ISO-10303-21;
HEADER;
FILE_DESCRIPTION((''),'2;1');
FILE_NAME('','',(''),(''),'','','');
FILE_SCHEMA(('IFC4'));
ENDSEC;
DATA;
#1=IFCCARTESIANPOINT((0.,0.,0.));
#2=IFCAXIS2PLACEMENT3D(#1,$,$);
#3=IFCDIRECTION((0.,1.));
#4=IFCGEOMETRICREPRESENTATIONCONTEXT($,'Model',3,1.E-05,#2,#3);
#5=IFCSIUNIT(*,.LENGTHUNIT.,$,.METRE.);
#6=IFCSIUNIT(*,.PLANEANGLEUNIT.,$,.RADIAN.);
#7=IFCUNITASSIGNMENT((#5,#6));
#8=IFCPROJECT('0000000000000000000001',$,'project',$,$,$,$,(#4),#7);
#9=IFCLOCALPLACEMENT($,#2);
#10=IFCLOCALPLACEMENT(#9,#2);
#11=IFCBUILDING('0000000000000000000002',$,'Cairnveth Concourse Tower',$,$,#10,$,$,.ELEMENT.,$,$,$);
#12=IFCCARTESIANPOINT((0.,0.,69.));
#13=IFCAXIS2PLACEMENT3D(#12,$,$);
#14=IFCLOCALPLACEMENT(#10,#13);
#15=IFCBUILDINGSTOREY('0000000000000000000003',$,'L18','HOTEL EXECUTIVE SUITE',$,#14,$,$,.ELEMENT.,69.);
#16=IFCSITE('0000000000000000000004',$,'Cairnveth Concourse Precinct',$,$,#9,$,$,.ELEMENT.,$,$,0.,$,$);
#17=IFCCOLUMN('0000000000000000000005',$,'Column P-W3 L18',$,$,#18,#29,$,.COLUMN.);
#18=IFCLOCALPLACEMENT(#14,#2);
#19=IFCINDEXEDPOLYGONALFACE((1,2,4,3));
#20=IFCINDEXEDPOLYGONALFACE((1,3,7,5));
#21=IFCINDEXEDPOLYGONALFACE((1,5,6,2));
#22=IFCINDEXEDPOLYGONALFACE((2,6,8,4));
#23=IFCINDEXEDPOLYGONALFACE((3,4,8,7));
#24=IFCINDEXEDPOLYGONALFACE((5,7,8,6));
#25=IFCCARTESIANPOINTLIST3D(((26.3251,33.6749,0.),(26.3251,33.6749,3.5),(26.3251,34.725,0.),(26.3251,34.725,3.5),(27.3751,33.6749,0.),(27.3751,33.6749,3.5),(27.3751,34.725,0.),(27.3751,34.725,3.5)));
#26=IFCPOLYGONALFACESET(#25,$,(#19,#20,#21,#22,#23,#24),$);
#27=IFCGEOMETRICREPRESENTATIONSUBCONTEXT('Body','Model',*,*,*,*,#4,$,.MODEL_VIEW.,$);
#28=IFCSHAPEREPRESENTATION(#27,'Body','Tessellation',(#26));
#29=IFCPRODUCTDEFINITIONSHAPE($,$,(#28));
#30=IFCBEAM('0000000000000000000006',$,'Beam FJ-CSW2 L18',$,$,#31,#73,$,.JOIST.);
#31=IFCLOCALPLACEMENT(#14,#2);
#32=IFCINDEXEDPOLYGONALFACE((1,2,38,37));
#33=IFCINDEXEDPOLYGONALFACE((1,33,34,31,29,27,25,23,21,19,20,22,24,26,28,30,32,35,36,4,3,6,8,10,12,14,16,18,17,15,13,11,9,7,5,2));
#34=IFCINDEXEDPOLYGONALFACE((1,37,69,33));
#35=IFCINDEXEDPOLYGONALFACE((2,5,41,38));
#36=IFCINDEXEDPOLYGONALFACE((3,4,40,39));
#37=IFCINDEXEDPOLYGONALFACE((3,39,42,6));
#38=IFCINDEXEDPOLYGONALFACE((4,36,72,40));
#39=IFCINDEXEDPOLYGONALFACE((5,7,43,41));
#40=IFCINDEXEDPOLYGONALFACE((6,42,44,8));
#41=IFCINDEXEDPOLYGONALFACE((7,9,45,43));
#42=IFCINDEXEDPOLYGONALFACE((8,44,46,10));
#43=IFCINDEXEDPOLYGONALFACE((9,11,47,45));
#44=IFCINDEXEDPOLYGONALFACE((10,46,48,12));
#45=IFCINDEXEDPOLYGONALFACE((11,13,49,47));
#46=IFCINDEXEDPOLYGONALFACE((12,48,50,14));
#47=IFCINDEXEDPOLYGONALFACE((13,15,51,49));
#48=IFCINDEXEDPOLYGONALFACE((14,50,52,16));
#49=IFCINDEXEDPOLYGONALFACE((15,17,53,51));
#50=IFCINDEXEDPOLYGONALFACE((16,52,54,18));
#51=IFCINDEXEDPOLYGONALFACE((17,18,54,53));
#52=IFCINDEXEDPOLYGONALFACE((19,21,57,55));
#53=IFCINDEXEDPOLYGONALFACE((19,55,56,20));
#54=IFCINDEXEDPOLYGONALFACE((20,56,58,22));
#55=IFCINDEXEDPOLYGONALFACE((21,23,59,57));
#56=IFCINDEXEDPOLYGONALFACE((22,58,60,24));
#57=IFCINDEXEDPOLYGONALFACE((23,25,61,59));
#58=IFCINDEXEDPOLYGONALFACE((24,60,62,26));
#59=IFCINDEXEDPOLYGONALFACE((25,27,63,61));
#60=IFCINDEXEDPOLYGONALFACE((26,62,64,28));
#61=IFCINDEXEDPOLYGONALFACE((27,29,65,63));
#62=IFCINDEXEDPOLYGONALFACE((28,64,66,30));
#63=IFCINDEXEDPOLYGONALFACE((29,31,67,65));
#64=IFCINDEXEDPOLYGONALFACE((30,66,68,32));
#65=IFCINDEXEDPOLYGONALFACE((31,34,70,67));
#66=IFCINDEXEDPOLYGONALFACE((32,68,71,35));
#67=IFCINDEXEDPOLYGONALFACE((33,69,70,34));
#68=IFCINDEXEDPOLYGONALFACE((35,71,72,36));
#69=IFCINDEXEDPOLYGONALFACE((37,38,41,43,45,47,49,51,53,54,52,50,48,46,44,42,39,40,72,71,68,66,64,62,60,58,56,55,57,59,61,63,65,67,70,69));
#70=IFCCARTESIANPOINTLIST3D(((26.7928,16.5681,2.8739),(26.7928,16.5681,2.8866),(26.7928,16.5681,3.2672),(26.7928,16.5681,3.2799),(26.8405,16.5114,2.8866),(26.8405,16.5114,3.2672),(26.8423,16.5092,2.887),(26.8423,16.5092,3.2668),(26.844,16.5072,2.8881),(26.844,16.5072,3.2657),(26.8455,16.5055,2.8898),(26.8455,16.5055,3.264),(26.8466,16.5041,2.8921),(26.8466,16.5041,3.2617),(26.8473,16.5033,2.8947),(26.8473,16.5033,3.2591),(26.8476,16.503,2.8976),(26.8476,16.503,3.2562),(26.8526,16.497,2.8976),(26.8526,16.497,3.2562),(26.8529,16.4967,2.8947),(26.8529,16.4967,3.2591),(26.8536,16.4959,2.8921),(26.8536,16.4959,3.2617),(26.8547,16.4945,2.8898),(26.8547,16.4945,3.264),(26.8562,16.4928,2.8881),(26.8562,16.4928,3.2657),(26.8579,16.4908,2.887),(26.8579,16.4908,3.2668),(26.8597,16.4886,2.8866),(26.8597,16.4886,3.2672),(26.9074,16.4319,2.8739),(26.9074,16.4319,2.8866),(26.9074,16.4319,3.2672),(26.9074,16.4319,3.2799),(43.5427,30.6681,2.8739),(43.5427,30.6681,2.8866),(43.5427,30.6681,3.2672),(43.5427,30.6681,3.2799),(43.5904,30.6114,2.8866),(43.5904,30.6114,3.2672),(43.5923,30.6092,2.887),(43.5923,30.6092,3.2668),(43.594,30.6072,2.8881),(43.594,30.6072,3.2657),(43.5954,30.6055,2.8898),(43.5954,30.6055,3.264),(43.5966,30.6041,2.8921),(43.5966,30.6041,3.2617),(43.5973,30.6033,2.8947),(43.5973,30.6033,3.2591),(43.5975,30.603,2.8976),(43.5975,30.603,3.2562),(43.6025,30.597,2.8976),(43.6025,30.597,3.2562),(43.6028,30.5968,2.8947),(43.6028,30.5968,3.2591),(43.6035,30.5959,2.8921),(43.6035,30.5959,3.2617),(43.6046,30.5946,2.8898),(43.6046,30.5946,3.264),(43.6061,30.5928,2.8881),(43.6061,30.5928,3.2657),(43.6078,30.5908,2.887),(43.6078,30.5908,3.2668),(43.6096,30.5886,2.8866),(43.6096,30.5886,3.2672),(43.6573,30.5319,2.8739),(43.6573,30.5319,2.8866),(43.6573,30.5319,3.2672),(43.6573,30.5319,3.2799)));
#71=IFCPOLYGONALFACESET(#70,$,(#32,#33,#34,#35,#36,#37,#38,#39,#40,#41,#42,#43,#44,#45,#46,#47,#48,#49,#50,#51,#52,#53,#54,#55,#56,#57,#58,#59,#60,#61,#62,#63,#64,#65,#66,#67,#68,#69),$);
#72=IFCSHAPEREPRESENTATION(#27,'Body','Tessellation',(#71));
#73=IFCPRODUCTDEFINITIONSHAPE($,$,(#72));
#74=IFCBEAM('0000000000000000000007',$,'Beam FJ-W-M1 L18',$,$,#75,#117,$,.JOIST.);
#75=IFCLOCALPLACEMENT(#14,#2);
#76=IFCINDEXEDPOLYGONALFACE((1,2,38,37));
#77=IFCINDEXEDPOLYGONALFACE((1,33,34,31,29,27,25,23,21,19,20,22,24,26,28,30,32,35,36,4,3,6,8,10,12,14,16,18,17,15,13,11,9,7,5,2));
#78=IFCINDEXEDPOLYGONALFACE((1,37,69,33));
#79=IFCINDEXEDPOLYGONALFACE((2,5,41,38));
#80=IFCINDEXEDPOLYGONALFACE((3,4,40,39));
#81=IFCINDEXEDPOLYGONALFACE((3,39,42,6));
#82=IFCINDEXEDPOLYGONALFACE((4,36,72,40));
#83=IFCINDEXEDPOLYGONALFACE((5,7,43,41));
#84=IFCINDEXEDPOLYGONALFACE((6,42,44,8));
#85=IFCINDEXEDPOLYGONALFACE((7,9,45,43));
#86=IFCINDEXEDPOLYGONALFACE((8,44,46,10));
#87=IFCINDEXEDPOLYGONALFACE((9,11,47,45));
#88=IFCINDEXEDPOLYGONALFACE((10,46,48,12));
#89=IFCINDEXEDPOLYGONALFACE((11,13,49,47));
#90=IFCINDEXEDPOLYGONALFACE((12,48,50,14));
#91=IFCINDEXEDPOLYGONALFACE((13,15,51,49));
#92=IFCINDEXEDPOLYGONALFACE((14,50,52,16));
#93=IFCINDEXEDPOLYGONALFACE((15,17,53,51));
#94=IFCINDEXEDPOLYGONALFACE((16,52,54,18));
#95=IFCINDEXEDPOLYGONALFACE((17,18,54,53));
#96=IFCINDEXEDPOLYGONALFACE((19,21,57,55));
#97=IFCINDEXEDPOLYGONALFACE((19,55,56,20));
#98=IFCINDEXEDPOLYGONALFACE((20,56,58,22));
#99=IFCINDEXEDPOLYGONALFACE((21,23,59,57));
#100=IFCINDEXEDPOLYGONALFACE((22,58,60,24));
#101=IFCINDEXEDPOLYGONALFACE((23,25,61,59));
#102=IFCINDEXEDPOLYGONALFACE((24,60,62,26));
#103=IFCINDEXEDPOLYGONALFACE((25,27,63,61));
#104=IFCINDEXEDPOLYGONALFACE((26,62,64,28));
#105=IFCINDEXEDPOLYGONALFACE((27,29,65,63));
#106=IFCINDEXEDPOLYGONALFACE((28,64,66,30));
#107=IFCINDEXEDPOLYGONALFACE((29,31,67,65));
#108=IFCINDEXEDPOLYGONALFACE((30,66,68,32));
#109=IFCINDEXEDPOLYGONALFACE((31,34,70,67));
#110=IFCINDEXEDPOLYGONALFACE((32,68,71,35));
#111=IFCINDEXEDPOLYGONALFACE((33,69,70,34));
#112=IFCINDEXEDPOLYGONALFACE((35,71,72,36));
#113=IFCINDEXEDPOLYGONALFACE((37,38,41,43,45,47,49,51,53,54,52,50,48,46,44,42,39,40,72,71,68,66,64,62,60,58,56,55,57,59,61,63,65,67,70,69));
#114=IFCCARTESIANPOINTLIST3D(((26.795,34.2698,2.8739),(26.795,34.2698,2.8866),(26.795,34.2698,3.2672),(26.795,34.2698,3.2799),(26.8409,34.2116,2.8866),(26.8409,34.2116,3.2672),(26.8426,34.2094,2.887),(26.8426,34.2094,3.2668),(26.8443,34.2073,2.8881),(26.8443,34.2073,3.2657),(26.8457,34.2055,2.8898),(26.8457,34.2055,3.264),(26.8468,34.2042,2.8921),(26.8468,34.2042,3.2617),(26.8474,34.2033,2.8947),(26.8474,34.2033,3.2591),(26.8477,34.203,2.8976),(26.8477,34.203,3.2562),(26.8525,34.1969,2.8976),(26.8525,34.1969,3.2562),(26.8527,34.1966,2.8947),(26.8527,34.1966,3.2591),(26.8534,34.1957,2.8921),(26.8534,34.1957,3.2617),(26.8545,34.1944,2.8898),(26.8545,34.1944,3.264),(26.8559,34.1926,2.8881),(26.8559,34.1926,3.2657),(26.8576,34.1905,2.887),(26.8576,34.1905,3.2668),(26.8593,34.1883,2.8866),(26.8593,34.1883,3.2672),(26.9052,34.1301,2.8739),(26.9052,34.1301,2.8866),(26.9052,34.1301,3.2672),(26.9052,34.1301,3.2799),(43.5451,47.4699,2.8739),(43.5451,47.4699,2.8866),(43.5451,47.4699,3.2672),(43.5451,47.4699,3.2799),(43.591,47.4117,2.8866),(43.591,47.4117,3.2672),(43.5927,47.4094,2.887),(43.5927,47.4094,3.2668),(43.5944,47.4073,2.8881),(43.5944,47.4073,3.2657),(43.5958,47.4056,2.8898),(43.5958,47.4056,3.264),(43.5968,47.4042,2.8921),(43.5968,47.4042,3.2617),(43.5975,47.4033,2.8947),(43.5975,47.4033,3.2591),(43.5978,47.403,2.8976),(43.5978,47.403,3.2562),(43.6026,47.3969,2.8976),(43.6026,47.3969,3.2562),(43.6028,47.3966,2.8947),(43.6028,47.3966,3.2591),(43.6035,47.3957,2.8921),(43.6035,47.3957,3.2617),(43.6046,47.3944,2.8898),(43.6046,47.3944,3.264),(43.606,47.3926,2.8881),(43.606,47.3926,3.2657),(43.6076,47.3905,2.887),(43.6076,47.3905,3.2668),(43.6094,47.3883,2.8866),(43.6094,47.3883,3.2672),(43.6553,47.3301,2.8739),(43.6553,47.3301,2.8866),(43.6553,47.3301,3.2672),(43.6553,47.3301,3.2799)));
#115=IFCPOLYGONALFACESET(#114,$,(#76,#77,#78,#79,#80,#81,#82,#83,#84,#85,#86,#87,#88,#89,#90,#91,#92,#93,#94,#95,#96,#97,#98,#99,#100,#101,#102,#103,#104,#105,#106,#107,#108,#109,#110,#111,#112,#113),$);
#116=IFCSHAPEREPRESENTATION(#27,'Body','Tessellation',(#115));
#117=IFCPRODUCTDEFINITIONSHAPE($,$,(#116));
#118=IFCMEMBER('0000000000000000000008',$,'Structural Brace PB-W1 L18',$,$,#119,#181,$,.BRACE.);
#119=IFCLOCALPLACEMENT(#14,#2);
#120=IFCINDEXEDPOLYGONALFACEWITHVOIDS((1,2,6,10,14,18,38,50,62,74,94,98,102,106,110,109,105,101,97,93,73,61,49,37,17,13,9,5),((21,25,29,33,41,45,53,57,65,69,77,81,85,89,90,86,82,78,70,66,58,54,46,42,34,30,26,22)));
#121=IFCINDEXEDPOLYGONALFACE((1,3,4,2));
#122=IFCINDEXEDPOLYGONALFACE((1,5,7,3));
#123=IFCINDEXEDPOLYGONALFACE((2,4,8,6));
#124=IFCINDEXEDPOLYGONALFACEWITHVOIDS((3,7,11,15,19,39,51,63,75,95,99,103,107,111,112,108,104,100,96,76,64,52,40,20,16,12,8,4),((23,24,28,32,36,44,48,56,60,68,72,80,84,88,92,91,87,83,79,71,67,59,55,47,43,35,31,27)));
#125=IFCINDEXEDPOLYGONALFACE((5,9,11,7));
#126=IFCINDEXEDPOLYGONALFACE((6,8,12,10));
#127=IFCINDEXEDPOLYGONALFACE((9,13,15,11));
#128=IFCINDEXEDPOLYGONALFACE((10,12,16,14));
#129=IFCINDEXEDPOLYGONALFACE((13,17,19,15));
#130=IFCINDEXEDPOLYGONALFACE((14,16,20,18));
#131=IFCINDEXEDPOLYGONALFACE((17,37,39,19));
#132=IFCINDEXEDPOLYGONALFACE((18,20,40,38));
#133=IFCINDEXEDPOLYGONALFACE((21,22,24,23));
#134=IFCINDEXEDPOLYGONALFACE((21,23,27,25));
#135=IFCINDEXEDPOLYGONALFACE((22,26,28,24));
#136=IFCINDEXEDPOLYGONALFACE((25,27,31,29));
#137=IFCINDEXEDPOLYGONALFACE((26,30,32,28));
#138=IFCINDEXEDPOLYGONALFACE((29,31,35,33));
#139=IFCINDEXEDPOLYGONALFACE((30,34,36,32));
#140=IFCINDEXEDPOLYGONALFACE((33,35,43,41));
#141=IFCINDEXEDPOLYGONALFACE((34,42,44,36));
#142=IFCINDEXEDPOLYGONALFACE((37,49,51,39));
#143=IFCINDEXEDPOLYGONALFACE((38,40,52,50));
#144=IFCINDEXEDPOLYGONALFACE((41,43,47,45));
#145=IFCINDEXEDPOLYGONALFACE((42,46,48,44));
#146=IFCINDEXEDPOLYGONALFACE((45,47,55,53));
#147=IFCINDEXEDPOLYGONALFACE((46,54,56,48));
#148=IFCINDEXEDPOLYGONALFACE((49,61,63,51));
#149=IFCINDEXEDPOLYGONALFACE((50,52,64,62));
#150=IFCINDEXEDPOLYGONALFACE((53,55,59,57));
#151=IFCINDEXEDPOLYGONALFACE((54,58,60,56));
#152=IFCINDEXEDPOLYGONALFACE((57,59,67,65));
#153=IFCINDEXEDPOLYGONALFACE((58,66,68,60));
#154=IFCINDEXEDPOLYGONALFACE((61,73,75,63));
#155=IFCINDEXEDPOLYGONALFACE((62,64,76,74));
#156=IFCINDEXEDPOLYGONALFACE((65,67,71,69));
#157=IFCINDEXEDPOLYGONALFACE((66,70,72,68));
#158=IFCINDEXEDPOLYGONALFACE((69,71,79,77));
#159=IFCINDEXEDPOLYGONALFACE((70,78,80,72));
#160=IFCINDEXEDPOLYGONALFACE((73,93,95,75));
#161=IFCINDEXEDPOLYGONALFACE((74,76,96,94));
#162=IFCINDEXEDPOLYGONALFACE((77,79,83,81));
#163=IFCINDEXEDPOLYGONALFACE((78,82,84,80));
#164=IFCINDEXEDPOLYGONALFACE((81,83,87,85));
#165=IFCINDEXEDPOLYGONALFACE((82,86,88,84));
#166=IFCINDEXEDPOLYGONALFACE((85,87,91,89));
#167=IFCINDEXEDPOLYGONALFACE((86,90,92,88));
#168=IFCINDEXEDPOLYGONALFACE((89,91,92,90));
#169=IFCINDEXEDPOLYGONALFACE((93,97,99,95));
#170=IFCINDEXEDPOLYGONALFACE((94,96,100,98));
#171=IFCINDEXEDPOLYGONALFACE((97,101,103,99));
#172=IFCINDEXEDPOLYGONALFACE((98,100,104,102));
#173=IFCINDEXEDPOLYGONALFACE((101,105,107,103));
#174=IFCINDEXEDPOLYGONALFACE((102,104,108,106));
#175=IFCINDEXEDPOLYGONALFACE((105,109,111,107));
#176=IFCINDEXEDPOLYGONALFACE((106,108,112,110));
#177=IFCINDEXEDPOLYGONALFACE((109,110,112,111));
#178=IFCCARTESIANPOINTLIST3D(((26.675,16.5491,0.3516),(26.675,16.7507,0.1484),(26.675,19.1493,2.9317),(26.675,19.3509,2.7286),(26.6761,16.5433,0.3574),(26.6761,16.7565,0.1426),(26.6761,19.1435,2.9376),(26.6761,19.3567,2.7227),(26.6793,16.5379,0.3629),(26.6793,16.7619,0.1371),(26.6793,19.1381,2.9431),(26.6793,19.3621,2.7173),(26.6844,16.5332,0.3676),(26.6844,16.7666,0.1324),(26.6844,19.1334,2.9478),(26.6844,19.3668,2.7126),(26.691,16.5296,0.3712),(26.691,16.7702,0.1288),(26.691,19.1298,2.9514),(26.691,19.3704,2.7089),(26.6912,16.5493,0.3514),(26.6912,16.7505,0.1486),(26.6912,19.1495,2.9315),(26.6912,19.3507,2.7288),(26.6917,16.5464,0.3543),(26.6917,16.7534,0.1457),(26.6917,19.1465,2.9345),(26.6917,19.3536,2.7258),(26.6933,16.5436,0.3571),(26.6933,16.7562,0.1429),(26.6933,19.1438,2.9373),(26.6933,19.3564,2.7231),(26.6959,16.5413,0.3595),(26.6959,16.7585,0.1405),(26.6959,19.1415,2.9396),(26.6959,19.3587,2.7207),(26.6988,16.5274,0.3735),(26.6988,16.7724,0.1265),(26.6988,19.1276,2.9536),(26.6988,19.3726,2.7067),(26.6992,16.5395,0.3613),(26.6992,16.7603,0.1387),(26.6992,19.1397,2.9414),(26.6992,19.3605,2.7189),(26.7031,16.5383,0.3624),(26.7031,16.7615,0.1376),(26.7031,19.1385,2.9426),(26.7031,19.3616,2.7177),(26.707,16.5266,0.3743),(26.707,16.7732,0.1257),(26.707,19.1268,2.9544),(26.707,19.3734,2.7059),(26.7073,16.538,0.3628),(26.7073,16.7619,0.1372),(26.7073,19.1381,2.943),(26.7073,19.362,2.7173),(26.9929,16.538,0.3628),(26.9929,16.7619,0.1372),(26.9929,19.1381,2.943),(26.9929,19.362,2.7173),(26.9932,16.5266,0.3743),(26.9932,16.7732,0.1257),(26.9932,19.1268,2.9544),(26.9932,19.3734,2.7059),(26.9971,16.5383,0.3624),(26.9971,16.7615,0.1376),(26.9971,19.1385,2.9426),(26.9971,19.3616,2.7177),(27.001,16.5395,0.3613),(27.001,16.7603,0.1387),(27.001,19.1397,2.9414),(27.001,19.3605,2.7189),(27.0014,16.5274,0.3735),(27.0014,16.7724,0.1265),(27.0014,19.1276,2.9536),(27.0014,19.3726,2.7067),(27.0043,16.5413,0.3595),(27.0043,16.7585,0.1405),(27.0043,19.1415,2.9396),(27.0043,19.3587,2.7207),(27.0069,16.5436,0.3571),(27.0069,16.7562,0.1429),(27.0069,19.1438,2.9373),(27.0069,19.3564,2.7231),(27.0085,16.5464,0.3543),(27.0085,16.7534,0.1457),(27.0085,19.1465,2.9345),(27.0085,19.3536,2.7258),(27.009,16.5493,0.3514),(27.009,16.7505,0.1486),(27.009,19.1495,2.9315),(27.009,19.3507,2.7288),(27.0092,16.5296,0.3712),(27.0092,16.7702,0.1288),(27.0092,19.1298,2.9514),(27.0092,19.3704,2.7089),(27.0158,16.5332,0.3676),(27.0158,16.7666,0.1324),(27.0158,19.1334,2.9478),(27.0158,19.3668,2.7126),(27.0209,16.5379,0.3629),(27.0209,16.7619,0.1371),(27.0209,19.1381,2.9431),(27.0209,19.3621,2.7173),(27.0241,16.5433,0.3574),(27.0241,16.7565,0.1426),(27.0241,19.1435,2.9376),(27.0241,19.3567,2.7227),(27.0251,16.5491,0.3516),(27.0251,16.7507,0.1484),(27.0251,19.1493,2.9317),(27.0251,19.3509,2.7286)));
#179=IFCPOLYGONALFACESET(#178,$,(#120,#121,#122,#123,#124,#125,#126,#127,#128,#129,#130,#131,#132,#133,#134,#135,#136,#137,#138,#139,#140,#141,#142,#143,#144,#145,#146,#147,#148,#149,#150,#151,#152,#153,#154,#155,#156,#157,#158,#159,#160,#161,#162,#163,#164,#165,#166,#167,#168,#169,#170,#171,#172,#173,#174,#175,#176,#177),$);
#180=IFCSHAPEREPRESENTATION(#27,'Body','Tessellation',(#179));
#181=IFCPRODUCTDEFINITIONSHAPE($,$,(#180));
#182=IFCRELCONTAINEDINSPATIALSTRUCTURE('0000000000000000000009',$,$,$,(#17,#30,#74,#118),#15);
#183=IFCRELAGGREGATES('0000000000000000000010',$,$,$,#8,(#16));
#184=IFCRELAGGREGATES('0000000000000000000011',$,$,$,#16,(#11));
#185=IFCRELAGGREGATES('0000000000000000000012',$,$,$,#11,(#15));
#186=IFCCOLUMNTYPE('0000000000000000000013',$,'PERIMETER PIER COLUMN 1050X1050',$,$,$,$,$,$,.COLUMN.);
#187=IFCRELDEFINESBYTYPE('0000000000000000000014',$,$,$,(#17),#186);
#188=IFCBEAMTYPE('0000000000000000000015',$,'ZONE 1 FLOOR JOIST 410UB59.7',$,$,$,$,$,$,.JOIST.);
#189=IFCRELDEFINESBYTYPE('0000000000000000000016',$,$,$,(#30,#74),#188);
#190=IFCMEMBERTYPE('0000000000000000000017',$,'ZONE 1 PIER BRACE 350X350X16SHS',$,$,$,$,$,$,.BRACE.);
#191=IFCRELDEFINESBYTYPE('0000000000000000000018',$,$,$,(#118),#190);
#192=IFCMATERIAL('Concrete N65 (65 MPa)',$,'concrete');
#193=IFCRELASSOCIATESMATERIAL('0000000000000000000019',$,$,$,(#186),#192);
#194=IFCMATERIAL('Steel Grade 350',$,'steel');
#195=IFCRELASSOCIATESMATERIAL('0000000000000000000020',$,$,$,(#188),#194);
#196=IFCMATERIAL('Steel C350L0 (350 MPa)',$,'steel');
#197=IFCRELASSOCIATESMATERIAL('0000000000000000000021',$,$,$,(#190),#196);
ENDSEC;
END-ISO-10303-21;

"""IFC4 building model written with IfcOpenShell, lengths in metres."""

from ifc_helpers import new_model, si_unit, direction, frame, origin, origin_2d, place, context, subcontext, project, spatial, rectangle, hollow_rectangle, i_section, extrude, material, material_profile, profile_set, type_object, element, save


model = new_model("IFC4")

# Units and contexts
model_context = context("Model", 3, precision=1e-05, world=origin(), true_north=direction((0.0, 1.0)))
body_context = subcontext(model_context, "Body", "Model", "MODEL_VIEW")
ifc_project = project(units=[si_unit("LENGTHUNIT", "METRE"), si_unit("PLANEANGLEUNIT", "RADIAN")], contexts=[model_context])

# Site, building, storey
site_placement = place(None, origin())
site = spatial("IfcSite", under=ifc_project, at=site_placement, Name="Cairnveth Concourse Precinct", CompositionType="ELEMENT", RefElevation=0.0)
building_placement = place(site_placement, origin())
building = spatial("IfcBuilding", under=site, at=building_placement, Name="Cairnveth Concourse Tower", CompositionType="ELEMENT")
storey_placement = place(building_placement, frame((0.0, 0.0, 69.0)))
storey = spatial("IfcBuildingStorey", under=building, at=storey_placement, Name="L18", Description="HOTEL EXECUTIVE SUITE", CompositionType="ELEMENT", Elevation=69.0)

# Column
ifc_material_1 = material(Name="Concrete N65 (65 MPa)", Category="concrete")
ifc_material_profile_1 = material_profile(ifc_material_1, rectangle(XDim=1.05, YDim=1.05, at=origin_2d()), Name="RC-COL-1050x1050")
ifc_profile_set_1 = profile_set([ifc_material_profile_1], Name="Concrete N65 (65 MPa)")
column_type = type_object("IfcColumnType", Name="PERIMETER PIER COLUMN 1050X1050", PredefinedType="COLUMN", material=ifc_profile_set_1)
column_placement = place(storey_placement, frame((26.8501, 34.2, 0.0), z_axis=(0.0, 0.0, 1.0), x_axis=(0.0, 1.0, 0.0)))
element("IfcColumn", 1, at=column_placement, inside=storey, type_object=column_type, Name="Column P-W3 L18", PredefinedType="COLUMN", context=body_context, shape_type="SweptSolid", body=[
    extrude(rectangle(XDim=1.05, YDim=1.05, at=origin_2d()), origin(), (0.0, 0.0, 1.0), 3.5),
])

# Beams
ifc_material_2 = material(Name="Steel Grade 350", Category="steel")
ifc_material_profile_2 = material_profile(ifc_material_2, i_section(OverallWidth=0.178, OverallDepth=0.406, WebThickness=0.0078, FlangeThickness=0.0127, FilletRadius=0.011, at=origin_2d()), Name="410UB59.7")
ifc_profile_set_2 = profile_set([ifc_material_profile_2], Name="Steel Grade 350")
beam_type_1 = type_object("IfcBeamType", Name="ZONE 1 FLOOR JOIST 410UB59.7", PredefinedType="JOIST", material=ifc_profile_set_2)
beam_1_placement = place(storey_placement, frame((26.8501, 16.5, 3.0769), z_axis=(0.765027, 0.643998, 0.0), x_axis=(-0.643998, 0.765027, 0.0)))
element("IfcBeam", 2, at=beam_1_placement, inside=storey, type_object=beam_type_1, Name="Beam FJ-CSW2 L18", PredefinedType="JOIST", context=body_context, shape_type="SweptSolid", body=[
    extrude(i_section(OverallWidth=0.178, OverallDepth=0.406, WebThickness=0.0078, FlangeThickness=0.0127, FilletRadius=0.011, at=origin_2d()), origin(), (0.0, 0.0, 1.0), 21.8945),
])
beam_2_placement = place(storey_placement, frame((26.8501, 34.2, 3.0769), z_axis=(0.785424, 0.618958, 0.0), x_axis=(-0.618958, 0.785424, 0.0)))
element("IfcBeam", 3, at=beam_2_placement, inside=storey, type_object=beam_type_1, Name="Beam FJ-W-M1 L18", PredefinedType="JOIST", context=body_context, shape_type="SweptSolid", body=[
    extrude(i_section(OverallWidth=0.178, OverallDepth=0.406, WebThickness=0.0078, FlangeThickness=0.0127, FilletRadius=0.011, at=origin_2d()), origin(), (0.0, 0.0, 1.0), 21.3262),
])

# Member
ifc_material_3 = material(Name="Steel C350L0 (350 MPa)", Category="steel")
ifc_material_profile_3 = material_profile(ifc_material_3, hollow_rectangle(XDim=0.3501, YDim=0.3501, WallThickness=0.0161, InnerFilletRadius=0.0161, OuterFilletRadius=0.032, at=origin_2d()), Name="350x350x16.0SHS")
ifc_profile_set_3 = profile_set([ifc_material_profile_3], Name="Steel C350L0 (350 MPa)")
member_type = type_object("IfcMemberType", Name="ZONE 1 PIER BRACE 350X350X16SHS", PredefinedType="BRACE", material=ifc_profile_set_3)
member_placement = place(storey_placement, frame((26.8501, 16.6499, 0.25), z_axis=(0.0, 0.709834, 0.704369), x_axis=(-1.0, 0.0, 0.0)))
element("IfcMember", 4, at=member_placement, inside=storey, type_object=member_type, Name="Structural Brace PB-W1 L18", PredefinedType="BRACE", context=body_context, shape_type="SweptSolid", body=[
    extrude(hollow_rectangle(XDim=0.3501, YDim=0.3501, WallThickness=0.0161, InnerFilletRadius=0.0161, OuterFilletRadius=0.032, at=origin_2d()), origin(), (0.0, 0.0, 1.0), 3.6631),
])

save(model, "model.ifc")
